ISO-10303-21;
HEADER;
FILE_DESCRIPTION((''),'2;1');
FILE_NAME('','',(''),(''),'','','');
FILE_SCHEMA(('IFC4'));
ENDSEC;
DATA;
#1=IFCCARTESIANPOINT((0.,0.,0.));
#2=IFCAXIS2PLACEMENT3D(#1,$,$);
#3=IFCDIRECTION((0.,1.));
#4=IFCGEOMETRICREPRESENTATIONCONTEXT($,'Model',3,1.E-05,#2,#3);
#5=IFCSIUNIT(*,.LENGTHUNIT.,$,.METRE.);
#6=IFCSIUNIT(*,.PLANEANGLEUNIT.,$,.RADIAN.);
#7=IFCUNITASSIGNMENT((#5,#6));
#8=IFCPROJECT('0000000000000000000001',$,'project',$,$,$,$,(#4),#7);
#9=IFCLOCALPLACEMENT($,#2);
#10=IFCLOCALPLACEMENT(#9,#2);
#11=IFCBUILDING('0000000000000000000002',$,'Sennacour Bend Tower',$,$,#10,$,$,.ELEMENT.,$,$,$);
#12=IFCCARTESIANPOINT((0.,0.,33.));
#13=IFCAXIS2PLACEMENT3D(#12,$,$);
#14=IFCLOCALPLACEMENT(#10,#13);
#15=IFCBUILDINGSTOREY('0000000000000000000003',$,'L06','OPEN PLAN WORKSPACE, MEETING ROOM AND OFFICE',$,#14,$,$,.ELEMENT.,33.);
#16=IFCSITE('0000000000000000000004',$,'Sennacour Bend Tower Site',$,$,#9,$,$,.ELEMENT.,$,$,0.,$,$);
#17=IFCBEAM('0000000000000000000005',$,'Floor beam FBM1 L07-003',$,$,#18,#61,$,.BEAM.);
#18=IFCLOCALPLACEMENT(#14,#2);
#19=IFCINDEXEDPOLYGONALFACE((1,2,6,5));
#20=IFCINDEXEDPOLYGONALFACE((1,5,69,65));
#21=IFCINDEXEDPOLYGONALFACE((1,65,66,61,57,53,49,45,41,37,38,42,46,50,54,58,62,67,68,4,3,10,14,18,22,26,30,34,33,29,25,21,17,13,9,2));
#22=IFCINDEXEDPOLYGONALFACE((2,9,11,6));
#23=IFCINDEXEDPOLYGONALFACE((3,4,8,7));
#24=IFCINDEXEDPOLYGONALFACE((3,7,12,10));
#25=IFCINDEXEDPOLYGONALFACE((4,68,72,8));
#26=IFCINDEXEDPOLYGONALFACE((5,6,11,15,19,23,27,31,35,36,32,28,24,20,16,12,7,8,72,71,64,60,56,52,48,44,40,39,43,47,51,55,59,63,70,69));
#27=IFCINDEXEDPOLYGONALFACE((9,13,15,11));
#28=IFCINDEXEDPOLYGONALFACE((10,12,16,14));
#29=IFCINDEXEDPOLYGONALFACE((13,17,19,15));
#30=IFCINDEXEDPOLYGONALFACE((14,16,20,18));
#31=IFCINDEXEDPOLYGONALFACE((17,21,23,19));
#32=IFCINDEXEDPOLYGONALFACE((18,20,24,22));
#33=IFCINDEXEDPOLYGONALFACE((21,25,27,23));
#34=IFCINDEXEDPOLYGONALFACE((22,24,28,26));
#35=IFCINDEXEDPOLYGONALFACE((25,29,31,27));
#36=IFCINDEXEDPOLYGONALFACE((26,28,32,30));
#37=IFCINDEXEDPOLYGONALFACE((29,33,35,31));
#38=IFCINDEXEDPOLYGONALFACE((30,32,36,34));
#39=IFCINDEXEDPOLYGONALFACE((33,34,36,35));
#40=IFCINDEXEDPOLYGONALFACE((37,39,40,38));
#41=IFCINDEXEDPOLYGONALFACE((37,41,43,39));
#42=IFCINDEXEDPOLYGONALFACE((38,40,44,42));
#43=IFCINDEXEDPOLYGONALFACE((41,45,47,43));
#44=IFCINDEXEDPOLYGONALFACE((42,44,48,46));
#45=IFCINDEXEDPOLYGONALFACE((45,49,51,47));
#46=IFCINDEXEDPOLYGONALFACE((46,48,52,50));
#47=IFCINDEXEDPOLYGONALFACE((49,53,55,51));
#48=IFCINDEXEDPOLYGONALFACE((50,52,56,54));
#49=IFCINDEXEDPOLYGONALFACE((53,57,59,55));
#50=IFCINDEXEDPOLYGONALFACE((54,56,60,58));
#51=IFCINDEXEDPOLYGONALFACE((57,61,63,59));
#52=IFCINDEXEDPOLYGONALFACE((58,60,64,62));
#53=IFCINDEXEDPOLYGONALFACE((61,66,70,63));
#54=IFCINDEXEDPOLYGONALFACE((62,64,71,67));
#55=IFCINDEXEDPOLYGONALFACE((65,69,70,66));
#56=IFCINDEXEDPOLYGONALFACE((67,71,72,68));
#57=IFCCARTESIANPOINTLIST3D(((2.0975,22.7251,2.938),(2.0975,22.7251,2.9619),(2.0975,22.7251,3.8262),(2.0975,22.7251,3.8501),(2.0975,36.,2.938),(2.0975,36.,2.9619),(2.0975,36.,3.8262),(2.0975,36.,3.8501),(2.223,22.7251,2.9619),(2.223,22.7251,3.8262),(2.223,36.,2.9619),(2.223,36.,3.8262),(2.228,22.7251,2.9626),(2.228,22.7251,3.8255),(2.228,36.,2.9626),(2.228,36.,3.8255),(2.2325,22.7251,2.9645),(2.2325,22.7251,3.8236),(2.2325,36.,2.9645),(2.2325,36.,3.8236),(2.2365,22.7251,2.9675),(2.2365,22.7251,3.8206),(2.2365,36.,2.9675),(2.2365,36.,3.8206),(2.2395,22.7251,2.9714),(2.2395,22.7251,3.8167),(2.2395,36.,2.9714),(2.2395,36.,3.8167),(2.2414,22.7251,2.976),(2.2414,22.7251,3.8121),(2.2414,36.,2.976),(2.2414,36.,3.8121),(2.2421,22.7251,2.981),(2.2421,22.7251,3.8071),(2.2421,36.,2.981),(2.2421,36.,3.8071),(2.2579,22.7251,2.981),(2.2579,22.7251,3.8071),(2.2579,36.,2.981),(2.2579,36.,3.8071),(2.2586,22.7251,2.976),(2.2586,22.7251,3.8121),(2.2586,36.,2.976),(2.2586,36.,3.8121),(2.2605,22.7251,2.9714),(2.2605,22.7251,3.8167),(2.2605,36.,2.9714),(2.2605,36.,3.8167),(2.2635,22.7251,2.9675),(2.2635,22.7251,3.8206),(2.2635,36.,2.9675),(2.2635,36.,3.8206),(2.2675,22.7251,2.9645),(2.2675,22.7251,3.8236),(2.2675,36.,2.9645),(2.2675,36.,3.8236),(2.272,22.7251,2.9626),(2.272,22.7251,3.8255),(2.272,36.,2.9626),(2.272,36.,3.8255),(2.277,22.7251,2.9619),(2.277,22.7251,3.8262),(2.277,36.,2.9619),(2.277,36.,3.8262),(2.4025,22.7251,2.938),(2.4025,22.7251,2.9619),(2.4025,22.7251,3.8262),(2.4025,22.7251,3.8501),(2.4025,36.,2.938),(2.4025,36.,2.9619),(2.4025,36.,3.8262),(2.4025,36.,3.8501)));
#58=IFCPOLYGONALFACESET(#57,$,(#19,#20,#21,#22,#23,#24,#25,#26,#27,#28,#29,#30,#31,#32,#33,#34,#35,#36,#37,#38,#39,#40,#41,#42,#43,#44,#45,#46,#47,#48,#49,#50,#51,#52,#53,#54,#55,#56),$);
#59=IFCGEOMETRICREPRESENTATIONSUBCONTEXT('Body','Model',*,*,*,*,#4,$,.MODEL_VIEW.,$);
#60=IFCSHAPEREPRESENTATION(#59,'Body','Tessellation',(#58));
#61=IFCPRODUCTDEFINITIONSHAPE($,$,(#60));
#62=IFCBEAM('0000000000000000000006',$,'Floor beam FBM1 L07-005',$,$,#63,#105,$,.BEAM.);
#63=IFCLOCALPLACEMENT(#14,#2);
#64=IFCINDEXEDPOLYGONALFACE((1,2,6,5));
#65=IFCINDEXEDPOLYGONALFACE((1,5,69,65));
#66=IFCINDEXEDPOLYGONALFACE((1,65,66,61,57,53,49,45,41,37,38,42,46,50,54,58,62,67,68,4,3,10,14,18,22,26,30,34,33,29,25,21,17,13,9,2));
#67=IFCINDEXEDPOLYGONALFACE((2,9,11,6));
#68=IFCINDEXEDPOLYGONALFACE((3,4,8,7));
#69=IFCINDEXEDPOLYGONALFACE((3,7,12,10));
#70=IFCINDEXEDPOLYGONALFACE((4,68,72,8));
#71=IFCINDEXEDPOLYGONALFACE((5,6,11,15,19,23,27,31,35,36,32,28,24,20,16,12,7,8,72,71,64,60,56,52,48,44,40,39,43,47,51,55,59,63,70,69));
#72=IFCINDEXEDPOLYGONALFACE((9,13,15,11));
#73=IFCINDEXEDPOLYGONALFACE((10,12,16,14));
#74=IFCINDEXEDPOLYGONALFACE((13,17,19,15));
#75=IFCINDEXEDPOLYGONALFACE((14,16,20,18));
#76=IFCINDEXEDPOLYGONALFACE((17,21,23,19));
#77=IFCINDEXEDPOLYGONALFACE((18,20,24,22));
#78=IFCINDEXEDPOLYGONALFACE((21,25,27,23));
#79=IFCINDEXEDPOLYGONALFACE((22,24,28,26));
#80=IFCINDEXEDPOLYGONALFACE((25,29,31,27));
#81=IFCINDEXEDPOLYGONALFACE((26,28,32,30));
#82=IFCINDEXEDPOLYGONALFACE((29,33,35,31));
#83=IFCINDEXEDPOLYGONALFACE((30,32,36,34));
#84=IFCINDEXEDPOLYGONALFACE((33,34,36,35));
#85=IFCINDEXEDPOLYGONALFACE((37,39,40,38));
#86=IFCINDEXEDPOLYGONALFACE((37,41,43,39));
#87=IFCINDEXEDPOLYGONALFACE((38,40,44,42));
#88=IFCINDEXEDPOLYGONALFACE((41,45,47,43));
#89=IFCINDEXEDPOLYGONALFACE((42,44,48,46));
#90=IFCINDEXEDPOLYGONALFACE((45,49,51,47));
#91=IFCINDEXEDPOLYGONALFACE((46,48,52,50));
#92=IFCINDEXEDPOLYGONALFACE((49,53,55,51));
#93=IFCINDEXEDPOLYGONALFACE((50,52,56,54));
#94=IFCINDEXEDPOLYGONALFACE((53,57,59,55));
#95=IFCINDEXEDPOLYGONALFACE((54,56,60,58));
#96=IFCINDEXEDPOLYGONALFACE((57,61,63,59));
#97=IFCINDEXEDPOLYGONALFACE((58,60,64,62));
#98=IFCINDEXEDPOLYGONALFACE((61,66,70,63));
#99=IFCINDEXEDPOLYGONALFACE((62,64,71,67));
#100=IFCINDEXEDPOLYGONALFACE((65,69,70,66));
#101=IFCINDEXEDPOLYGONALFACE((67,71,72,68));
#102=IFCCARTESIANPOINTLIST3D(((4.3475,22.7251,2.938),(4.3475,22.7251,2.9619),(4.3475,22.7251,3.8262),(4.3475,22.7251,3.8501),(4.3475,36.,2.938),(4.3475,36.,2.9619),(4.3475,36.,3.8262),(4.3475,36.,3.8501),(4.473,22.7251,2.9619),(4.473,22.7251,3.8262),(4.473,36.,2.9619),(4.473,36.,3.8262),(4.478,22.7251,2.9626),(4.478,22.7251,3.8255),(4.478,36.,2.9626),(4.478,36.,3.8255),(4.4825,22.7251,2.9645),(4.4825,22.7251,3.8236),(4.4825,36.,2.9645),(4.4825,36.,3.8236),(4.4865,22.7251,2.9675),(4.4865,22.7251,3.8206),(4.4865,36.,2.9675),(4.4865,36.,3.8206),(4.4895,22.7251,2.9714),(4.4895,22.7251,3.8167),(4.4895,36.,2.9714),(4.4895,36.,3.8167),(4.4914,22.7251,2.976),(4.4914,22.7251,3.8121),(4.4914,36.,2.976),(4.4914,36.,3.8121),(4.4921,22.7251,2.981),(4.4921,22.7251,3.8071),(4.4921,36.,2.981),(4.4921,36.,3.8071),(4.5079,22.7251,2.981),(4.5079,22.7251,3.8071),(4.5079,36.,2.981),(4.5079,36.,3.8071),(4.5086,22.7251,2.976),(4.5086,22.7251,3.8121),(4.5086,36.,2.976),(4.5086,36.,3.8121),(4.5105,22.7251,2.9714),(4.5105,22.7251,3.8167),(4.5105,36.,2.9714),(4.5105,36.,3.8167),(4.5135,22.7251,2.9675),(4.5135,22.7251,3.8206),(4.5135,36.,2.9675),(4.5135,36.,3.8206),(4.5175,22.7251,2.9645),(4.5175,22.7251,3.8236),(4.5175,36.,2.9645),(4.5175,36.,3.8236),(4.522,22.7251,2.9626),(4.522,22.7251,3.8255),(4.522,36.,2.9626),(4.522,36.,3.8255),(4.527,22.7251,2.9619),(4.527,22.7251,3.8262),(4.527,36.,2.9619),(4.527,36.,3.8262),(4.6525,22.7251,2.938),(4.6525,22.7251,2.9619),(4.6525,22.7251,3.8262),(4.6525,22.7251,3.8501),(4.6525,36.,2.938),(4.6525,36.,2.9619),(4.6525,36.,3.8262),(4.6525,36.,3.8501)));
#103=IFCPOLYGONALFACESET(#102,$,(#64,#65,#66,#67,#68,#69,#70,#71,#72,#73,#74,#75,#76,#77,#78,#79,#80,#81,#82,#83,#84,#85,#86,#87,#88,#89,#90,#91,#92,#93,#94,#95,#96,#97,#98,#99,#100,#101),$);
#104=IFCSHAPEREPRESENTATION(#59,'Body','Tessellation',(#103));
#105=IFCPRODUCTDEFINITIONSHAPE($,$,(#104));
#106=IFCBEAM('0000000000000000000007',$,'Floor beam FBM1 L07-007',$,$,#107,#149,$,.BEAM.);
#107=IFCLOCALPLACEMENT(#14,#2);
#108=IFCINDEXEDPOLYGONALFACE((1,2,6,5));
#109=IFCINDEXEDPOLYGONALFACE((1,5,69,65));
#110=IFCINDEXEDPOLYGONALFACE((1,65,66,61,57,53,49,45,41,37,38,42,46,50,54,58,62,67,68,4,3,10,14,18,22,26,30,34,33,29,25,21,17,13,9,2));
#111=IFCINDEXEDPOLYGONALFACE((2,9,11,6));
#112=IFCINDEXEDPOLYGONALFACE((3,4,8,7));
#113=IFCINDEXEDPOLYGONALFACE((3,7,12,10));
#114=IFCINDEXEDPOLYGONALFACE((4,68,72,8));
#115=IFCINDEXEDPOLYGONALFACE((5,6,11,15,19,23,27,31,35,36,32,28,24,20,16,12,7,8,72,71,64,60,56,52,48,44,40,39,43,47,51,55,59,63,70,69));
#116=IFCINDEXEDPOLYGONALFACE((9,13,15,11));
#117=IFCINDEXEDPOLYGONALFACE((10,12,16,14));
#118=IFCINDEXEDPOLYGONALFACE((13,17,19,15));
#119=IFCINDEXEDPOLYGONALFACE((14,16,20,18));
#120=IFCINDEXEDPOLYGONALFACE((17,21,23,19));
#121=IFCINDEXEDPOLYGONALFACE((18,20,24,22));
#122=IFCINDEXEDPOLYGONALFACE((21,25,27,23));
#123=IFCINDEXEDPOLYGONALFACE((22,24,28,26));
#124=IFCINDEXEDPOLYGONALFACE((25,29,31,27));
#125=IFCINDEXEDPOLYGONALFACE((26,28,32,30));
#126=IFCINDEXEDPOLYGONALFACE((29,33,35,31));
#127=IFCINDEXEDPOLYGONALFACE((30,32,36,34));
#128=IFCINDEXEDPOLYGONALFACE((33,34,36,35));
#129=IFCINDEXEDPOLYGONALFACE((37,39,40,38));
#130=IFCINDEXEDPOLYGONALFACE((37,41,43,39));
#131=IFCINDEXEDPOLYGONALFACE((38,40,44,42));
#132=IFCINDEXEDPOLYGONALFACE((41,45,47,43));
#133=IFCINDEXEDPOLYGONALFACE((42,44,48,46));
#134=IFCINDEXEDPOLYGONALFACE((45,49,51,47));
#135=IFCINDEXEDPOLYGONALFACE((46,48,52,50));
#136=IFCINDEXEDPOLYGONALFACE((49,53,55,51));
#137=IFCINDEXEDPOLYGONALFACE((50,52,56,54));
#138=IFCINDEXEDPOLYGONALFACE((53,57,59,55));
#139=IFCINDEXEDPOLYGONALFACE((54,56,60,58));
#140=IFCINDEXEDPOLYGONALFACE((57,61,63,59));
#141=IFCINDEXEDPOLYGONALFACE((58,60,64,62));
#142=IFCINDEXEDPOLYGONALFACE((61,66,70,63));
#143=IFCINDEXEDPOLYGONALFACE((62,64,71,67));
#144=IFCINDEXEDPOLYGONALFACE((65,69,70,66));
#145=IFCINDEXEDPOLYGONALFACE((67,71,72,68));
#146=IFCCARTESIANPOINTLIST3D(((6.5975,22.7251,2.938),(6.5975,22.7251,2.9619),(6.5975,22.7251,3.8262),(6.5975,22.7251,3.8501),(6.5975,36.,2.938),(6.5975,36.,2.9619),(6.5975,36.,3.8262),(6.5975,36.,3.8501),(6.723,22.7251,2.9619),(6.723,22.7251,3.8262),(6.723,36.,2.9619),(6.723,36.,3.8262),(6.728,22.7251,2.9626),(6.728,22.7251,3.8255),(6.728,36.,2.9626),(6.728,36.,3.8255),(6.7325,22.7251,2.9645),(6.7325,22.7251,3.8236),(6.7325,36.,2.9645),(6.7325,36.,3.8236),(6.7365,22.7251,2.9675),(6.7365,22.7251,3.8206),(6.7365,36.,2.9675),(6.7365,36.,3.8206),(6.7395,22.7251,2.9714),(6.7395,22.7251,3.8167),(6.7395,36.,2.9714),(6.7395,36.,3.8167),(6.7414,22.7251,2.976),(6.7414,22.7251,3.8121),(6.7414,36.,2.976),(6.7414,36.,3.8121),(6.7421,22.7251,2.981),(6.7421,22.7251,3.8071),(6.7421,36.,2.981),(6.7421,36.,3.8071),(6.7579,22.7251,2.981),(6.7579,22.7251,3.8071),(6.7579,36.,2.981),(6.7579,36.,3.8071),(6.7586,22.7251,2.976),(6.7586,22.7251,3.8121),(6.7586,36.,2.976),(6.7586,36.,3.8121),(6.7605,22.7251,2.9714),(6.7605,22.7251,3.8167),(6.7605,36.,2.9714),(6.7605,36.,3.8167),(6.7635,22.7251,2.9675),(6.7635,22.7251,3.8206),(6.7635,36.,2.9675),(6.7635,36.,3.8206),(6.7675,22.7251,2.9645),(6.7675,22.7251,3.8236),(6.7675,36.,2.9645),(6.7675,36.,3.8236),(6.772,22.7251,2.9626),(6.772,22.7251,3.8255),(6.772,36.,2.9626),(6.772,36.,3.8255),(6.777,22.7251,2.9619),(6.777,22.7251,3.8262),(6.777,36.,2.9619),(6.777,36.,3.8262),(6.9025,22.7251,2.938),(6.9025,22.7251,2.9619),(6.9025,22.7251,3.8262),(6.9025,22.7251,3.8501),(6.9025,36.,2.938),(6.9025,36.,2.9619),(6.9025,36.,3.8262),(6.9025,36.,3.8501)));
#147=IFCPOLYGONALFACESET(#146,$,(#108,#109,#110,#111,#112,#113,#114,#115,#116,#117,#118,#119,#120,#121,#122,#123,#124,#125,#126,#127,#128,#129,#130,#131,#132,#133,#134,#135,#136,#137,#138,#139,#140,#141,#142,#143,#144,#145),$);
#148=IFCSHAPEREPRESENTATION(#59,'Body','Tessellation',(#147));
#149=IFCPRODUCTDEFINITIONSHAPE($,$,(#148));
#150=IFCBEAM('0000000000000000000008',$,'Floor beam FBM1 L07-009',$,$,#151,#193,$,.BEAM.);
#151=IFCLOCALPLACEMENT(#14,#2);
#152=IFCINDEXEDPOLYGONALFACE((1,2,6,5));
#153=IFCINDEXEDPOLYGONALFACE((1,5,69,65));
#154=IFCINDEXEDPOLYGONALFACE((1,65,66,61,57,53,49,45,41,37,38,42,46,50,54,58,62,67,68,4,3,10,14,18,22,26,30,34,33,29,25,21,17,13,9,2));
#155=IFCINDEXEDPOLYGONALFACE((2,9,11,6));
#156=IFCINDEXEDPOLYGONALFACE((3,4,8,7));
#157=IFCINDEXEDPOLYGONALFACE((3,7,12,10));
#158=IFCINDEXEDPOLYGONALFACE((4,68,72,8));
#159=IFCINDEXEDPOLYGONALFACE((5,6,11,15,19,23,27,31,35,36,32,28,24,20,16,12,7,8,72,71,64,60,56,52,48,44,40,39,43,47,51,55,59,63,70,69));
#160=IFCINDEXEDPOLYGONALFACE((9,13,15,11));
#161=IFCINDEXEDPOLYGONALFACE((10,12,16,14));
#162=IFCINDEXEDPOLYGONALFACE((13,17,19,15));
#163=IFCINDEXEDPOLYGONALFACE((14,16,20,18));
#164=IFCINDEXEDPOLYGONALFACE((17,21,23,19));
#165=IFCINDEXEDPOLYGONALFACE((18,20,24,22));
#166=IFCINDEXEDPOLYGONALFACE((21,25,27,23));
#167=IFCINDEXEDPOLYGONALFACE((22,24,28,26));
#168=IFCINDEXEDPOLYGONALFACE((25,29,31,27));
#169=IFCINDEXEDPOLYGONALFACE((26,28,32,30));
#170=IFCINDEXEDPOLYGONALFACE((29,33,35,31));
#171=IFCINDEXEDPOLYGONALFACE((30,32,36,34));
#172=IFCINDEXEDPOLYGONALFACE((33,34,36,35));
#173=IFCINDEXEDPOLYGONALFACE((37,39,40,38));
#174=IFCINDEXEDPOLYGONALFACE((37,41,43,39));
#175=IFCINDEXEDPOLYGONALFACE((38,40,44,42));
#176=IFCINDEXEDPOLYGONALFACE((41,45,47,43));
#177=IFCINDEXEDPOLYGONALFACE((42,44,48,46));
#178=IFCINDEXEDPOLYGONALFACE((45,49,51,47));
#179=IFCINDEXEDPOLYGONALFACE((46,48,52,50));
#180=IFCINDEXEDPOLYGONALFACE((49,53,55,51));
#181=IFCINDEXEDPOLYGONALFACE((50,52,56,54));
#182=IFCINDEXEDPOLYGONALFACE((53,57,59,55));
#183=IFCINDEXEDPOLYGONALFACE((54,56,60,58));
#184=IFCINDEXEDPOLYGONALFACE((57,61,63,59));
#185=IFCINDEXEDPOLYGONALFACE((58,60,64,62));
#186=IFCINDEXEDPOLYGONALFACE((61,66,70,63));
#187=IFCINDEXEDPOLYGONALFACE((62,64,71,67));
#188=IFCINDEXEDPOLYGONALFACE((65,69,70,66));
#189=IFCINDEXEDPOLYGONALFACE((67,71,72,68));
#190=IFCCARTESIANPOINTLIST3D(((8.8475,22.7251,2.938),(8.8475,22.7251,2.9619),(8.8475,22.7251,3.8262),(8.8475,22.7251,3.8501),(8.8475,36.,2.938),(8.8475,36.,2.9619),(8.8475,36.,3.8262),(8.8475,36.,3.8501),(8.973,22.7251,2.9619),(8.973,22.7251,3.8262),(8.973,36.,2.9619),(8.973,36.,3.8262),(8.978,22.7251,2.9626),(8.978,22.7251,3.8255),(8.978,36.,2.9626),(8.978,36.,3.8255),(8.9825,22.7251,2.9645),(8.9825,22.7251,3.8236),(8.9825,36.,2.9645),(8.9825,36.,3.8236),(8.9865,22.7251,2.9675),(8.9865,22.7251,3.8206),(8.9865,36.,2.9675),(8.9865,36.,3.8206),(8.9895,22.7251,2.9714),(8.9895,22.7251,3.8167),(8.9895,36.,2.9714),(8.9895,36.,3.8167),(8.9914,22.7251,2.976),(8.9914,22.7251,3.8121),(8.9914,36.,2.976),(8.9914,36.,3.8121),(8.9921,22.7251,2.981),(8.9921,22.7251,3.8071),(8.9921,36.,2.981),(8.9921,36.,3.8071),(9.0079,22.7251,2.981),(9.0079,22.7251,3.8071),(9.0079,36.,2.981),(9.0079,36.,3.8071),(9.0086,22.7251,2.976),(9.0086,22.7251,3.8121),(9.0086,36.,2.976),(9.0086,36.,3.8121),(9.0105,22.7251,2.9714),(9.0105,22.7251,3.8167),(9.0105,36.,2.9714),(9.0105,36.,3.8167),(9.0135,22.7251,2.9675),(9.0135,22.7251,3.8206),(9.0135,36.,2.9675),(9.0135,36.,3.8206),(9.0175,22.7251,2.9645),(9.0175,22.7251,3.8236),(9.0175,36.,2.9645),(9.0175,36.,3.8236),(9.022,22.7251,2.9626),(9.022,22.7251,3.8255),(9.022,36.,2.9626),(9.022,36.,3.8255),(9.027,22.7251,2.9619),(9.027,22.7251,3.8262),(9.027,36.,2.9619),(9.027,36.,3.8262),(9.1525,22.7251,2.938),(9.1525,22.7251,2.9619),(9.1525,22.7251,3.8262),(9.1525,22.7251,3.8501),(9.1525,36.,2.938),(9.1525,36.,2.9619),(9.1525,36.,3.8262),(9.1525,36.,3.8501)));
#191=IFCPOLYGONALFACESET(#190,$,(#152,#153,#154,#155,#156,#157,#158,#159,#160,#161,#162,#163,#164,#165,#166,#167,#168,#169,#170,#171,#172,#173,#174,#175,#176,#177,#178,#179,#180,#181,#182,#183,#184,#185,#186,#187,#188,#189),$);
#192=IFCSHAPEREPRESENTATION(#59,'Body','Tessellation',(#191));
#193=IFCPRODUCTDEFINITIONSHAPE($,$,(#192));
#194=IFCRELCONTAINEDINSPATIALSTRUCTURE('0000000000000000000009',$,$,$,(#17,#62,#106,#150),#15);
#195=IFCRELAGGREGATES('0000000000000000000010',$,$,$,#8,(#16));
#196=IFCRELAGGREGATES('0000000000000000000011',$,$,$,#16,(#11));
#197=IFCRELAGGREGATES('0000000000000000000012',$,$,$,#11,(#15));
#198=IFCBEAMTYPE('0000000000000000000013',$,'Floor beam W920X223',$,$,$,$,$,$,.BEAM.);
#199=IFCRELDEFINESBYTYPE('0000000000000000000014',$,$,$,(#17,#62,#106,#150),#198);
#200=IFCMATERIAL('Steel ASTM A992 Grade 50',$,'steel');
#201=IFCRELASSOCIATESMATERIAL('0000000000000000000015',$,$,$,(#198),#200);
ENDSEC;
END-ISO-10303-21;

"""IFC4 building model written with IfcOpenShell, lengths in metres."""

from ifc_helpers import new_model, si_unit, direction, frame, origin, origin_2d, place, context, subcontext, project, spatial, i_section, extrude, material, material_profile, profile_set, type_object, element, save


model = new_model("IFC4")

# Units and contexts
model_context = context("Model", 3, precision=1e-05, world=origin(), true_north=direction((0.0, 1.0)))
body_context = subcontext(model_context, "Body", "Model", "MODEL_VIEW")
ifc_project = project(units=[si_unit("LENGTHUNIT", "METRE"), si_unit("PLANEANGLEUNIT", "RADIAN")], contexts=[model_context])

# Site, building, storey
site_placement = place(None, origin())
site = spatial("IfcSite", under=ifc_project, at=site_placement, Name="Sennacour Bend Tower Site", CompositionType="ELEMENT", RefElevation=0.0)
building_placement = place(site_placement, origin())
building = spatial("IfcBuilding", under=site, at=building_placement, Name="Sennacour Bend Tower", CompositionType="ELEMENT")
storey_placement = place(building_placement, frame((0.0, 0.0, 33.0)))
storey = spatial("IfcBuildingStorey", under=building, at=storey_placement, Name="L06", Description="OPEN PLAN WORKSPACE, MEETING ROOM AND OFFICE", CompositionType="ELEMENT", Elevation=33.0)

# Beams
ifc_material_1 = material(Name="Steel ASTM A992 Grade 50", Category="steel")
ifc_material_profile = material_profile(ifc_material_1, i_section(OverallWidth=0.3049, OverallDepth=0.9121, WebThickness=0.0159, FlangeThickness=0.0239, FilletRadius=0.019, at=origin_2d()), Name="Steel ASTM A992 Grade 50", Category="steel")
ifc_profile_set = profile_set([ifc_material_profile], Name="Steel ASTM A992 Grade 50")
beam_type = type_object("IfcBeamType", Name="Floor beam W920X223", PredefinedType="BEAM", material=ifc_profile_set)
for number, where, z_axis, x_axis, name in (
    (1, (2.25, 22.7251, 3.394), (0.0, 1.0, 0.0), (-1.0, 0.0, 0.0), "Floor beam FBM1 L07-003"),
    (2, (4.5, 22.7251, 3.394), (0.0, 1.0, 0.0), (-1.0, 0.0, 0.0), "Floor beam FBM1 L07-005"),
    (3, (6.75, 22.7251, 3.394), (0.0, 1.0, 0.0), (-1.0, 0.0, 0.0), "Floor beam FBM1 L07-007"),
    (4, (9.0, 22.7251, 3.394), (0.0, 1.0, 0.0), (-1.0, 0.0, 0.0), "Floor beam FBM1 L07-009"),
):
    element("IfcBeam", number, at=place(storey_placement, frame(where, z_axis=z_axis, x_axis=x_axis)), inside=storey, type_object=beam_type, Name=name, PredefinedType="BEAM", context=body_context, shape_type="SweptSolid", body=[
        extrude(i_section(OverallWidth=0.3049, OverallDepth=0.9121, WebThickness=0.0159, FlangeThickness=0.0239, FilletRadius=0.019, at=origin_2d()), origin(), (0.0, 0.0, 1.0), 13.2749),
    ])

save(model, "model.ifc")
